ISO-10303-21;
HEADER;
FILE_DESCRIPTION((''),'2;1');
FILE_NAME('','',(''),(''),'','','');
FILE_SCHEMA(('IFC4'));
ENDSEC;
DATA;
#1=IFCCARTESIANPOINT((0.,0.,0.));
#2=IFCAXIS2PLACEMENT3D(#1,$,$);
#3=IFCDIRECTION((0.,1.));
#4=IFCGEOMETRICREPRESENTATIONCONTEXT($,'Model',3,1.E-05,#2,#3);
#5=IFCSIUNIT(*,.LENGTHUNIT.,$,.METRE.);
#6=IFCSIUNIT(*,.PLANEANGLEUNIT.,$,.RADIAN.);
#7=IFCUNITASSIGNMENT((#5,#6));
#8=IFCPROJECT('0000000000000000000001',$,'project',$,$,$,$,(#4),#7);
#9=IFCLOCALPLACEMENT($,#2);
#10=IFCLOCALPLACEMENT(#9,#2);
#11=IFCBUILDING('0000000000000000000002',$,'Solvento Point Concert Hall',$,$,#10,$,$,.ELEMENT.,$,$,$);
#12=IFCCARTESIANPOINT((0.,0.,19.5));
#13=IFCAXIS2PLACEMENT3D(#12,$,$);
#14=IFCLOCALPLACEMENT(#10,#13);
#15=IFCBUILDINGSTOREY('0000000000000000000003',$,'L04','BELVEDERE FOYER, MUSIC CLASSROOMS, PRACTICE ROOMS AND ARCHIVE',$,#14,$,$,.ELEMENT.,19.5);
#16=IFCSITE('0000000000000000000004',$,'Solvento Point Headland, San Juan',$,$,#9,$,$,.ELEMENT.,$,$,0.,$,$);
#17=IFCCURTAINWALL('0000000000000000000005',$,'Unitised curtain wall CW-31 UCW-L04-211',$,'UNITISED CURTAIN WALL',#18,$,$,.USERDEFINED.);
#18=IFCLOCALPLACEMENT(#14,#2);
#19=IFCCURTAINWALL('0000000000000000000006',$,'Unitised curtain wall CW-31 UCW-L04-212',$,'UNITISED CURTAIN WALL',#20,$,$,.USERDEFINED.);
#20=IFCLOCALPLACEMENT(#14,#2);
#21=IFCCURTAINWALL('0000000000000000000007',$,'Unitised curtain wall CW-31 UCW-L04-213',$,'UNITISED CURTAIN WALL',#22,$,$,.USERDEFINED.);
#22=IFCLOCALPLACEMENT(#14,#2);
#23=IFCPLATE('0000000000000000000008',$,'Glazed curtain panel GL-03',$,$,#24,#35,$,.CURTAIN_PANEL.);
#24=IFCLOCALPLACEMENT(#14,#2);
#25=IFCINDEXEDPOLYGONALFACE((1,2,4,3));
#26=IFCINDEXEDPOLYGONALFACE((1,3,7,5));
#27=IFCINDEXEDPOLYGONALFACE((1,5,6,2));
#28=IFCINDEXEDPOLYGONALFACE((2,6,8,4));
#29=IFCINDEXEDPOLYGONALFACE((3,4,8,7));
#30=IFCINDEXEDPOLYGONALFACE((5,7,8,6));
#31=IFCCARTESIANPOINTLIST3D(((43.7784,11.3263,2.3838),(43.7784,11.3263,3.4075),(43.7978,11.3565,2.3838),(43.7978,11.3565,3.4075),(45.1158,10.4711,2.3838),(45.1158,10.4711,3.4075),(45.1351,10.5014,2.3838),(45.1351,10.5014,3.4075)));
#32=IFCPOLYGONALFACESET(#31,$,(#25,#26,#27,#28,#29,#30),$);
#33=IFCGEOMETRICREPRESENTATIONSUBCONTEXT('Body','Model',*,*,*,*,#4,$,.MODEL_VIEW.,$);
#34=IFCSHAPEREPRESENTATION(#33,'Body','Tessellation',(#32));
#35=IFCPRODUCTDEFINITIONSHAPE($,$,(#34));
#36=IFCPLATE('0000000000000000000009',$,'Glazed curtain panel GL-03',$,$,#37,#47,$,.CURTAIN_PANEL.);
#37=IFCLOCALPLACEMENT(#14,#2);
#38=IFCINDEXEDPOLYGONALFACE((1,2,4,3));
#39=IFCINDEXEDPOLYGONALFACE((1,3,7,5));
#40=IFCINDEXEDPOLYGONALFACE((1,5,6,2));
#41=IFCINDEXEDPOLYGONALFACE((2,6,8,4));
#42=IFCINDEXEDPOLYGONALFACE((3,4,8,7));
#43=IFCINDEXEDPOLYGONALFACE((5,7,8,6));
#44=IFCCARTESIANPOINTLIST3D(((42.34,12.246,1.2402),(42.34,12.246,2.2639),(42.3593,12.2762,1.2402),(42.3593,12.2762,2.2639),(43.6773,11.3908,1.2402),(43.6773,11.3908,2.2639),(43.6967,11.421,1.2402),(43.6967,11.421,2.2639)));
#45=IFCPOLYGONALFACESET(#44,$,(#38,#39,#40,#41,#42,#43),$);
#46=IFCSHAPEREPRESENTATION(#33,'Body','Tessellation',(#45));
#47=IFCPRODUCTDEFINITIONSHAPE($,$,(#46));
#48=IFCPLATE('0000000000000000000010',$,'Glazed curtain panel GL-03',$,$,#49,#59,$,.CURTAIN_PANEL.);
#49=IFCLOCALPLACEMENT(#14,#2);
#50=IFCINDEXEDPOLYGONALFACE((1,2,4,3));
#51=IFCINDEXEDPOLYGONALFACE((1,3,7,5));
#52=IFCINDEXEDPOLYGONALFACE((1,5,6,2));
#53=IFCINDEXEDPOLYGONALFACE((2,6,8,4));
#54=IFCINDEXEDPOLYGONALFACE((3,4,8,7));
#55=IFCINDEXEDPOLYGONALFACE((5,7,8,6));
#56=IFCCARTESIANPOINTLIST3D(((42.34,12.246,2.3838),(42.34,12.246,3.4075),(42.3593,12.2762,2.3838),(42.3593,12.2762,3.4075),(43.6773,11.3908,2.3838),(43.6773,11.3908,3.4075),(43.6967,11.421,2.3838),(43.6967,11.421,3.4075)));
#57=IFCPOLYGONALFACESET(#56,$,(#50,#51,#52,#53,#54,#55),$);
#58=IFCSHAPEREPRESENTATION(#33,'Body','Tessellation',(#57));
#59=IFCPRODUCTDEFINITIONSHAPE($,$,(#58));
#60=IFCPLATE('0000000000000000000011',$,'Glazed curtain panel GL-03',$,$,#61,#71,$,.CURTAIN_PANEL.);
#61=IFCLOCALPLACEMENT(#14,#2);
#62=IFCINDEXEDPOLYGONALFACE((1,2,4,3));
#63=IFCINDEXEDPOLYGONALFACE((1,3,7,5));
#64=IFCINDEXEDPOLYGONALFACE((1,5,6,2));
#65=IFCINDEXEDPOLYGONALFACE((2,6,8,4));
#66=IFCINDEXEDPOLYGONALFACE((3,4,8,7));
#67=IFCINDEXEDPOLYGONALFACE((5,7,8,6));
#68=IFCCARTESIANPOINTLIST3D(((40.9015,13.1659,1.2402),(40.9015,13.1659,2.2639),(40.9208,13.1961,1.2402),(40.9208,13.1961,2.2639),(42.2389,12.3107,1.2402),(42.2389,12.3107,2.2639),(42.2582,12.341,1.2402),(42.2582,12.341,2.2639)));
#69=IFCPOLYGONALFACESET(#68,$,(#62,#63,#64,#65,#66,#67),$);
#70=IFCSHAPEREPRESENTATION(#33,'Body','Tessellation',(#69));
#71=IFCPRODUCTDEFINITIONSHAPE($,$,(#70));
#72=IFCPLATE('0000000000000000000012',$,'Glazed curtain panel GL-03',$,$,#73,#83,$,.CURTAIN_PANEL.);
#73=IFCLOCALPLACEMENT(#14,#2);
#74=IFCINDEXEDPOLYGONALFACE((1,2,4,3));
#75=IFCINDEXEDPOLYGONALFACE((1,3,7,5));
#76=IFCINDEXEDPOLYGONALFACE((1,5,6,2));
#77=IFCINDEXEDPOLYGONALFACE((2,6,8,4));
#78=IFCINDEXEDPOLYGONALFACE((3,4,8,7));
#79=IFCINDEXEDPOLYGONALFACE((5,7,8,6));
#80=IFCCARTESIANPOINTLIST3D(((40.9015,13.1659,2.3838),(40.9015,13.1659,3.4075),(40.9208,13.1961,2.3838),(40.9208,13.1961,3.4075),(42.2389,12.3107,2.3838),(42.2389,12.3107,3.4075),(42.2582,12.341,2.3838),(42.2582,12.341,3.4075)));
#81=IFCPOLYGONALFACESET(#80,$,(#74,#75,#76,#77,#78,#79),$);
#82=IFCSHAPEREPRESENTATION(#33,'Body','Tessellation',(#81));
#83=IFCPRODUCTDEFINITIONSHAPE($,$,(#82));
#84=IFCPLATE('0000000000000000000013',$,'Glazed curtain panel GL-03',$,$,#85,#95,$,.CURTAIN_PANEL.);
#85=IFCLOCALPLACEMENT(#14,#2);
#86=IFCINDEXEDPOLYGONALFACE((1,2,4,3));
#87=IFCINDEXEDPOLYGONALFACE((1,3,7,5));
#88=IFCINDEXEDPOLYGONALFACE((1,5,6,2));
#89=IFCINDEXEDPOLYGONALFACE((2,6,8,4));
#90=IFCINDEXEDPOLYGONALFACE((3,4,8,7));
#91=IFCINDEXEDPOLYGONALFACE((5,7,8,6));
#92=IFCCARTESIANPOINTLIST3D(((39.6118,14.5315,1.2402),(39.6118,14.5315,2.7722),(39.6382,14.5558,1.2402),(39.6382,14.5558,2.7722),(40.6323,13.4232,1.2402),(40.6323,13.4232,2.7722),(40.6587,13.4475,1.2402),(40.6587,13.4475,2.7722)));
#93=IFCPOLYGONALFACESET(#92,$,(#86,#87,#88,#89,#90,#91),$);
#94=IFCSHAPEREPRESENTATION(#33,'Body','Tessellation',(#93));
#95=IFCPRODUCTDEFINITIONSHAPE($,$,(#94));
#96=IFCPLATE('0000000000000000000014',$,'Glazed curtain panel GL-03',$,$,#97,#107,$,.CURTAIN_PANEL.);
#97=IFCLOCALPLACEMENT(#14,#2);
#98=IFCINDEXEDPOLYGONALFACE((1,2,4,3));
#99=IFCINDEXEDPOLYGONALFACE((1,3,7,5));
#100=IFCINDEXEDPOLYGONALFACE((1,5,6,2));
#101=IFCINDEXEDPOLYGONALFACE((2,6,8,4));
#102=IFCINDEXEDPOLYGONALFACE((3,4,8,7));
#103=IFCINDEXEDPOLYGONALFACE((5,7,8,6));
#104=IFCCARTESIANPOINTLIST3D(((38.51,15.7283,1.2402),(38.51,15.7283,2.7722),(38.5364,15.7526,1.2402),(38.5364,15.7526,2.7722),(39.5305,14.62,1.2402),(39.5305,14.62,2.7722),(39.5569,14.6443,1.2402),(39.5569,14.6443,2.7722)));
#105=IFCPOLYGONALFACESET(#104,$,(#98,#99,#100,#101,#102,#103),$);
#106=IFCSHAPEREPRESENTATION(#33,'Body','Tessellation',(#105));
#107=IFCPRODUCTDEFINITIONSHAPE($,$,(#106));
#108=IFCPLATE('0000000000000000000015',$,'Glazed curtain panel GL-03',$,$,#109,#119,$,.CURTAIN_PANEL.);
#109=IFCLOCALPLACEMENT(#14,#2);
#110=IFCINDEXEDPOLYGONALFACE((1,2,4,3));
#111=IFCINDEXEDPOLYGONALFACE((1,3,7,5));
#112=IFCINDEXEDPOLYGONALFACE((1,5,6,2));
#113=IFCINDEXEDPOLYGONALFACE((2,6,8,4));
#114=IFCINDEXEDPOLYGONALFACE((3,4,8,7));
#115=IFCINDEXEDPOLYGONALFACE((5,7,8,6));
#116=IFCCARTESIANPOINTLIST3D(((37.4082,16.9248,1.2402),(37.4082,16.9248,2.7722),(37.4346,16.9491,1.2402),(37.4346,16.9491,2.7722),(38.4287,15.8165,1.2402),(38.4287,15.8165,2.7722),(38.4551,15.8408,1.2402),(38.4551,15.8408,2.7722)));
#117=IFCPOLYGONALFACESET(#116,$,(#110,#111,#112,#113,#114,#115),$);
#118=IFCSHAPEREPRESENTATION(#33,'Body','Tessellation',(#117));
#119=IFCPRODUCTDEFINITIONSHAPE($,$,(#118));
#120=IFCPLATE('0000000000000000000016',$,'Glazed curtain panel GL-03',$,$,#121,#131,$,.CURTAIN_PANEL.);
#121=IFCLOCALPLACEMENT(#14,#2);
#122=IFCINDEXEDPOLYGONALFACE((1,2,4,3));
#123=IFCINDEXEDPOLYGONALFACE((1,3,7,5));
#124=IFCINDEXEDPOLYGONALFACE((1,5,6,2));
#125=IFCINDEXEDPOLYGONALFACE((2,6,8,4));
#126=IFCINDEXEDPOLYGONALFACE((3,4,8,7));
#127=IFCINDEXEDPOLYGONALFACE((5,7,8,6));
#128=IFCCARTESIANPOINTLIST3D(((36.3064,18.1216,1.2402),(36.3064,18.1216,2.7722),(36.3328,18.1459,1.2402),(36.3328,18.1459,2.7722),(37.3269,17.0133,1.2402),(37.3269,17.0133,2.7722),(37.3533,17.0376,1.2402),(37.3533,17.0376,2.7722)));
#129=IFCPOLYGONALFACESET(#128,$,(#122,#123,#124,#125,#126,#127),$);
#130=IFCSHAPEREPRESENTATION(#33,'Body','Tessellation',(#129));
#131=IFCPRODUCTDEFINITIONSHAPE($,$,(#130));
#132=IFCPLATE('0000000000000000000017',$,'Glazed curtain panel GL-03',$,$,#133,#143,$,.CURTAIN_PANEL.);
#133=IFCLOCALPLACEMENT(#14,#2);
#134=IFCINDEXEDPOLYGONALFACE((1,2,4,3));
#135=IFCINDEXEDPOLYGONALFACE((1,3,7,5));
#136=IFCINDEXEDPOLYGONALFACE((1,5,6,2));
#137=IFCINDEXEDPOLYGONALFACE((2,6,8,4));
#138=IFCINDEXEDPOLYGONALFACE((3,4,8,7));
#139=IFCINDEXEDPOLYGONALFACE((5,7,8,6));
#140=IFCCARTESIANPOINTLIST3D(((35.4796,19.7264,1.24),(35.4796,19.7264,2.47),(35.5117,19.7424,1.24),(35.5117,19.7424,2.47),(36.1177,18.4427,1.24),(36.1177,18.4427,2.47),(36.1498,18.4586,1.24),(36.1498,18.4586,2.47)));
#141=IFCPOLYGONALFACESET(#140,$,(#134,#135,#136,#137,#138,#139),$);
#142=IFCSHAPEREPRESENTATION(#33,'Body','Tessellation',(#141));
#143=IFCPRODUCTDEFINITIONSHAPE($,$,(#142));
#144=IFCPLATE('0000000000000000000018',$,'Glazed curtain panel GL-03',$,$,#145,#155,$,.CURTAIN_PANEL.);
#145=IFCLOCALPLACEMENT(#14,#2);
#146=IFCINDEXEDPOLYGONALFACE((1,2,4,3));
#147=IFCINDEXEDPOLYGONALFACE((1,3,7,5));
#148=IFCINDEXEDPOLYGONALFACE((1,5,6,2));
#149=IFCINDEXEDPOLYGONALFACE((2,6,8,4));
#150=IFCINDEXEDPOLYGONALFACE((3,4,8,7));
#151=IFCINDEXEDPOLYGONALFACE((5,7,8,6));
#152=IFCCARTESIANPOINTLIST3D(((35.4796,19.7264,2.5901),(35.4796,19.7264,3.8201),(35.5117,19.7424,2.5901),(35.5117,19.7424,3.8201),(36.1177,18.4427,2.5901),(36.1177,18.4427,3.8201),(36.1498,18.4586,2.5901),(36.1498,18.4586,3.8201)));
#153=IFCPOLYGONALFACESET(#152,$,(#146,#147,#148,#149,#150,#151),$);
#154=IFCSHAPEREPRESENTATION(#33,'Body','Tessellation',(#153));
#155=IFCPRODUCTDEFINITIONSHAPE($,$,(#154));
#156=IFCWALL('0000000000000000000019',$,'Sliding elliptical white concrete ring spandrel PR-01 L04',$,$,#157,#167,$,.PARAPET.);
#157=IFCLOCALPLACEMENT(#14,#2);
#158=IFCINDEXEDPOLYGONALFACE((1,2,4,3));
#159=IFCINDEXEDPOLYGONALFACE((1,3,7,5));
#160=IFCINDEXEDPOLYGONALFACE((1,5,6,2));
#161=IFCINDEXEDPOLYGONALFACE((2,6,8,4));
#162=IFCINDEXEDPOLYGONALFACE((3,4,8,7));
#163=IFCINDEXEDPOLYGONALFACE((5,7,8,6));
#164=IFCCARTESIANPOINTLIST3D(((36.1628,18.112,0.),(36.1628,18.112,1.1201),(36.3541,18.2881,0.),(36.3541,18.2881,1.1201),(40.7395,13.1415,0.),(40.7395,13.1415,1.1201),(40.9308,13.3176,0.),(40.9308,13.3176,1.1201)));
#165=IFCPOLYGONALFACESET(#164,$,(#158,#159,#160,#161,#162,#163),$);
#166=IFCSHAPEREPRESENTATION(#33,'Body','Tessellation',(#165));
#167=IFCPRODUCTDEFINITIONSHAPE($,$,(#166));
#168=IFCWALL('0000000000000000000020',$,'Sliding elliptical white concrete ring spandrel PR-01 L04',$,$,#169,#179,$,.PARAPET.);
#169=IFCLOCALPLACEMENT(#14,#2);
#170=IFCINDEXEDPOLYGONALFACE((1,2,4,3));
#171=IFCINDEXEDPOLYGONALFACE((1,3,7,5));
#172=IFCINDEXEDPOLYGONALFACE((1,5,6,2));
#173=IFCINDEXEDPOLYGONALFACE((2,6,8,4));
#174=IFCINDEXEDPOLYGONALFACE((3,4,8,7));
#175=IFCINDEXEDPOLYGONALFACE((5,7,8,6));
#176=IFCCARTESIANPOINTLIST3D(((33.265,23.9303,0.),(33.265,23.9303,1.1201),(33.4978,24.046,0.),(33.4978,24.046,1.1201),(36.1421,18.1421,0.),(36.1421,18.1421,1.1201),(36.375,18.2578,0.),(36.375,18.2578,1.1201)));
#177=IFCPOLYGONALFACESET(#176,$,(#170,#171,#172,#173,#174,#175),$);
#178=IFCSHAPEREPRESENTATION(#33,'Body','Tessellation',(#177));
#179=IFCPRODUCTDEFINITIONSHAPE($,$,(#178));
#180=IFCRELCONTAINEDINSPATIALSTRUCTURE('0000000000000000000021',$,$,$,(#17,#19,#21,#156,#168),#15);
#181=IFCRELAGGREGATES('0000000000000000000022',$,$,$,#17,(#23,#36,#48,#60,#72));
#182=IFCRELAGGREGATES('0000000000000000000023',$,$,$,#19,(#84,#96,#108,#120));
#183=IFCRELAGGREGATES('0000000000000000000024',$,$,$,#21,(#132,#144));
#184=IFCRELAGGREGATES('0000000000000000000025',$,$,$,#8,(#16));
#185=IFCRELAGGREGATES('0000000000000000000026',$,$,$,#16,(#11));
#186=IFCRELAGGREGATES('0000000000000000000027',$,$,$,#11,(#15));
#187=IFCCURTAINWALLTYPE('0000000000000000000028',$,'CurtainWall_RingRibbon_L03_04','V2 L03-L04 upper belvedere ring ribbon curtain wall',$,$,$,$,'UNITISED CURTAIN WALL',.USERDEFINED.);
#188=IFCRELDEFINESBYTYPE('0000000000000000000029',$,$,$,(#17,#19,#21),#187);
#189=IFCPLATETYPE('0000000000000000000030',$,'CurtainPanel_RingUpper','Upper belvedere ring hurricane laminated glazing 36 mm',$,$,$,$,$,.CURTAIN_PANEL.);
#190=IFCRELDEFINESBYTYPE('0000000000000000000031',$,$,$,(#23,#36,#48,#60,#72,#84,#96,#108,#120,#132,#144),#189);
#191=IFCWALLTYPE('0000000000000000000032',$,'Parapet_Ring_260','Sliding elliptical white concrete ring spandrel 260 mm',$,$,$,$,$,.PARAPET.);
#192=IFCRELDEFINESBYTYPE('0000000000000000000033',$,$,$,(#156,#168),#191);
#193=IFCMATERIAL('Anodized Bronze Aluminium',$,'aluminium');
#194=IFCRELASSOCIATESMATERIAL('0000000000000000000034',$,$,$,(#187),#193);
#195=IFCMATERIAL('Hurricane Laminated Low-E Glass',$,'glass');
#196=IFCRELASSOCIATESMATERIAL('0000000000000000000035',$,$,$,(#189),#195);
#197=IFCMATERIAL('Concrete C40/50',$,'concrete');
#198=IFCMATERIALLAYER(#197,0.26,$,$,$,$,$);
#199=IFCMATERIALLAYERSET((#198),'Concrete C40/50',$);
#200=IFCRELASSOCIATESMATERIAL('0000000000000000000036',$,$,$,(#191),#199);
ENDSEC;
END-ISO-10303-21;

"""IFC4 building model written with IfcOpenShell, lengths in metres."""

from ifc_helpers import new_model, si_unit, direction, frame, frame_2d, origin, origin_2d, place, context, subcontext, project, spatial, rectangle, extrude, material, layer, layer_set, type_object, element, aggregate, save


model = new_model("IFC4")

# Units and contexts
model_context = context("Model", 3, precision=1e-05, world=origin(), true_north=direction((0.0, 1.0)))
body_context = subcontext(model_context, "Body", "Model", "MODEL_VIEW")
ifc_project = project(units=[si_unit("LENGTHUNIT", "METRE"), si_unit("PLANEANGLEUNIT", "RADIAN")], contexts=[model_context])

# Site, building, storey
site_placement = place(None, origin())
site = spatial("IfcSite", under=ifc_project, at=site_placement, Name="Solvento Point Headland, San Juan", CompositionType="ELEMENT", RefElevation=0.0)
building_placement = place(site_placement, origin())
building = spatial("IfcBuilding", under=site, at=building_placement, Name="Solvento Point Concert Hall", CompositionType="ELEMENT")
storey_placement = place(building_placement, frame((0.0, 0.0, 19.5)))
storey = spatial("IfcBuildingStorey", under=building, at=storey_placement, Name="L04", Description="BELVEDERE FOYER, MUSIC CLASSROOMS, PRACTICE ROOMS AND ARCHIVE", CompositionType="ELEMENT", Elevation=19.5)

# Curtain walls
ifc_material_1 = material(Name="Anodized Bronze Aluminium", Category="aluminium")
curtain_wall_type = type_object("IfcCurtainWallType", Name="CurtainWall_RingRibbon_L03_04", Description="V2 L03-L04 upper belvedere ring ribbon curtain wall", ElementType="UNITISED CURTAIN WALL", PredefinedType="USERDEFINED", material=ifc_material_1)
curtain_wall_1_placement = place(storey_placement, origin())
curtain_wall_1 = element("IfcCurtainWall", 1, at=curtain_wall_1_placement, inside=storey, type_object=curtain_wall_type, Name="Unitised curtain wall CW-31 UCW-L04-211", ObjectType="UNITISED CURTAIN WALL", PredefinedType="USERDEFINED")
curtain_wall_2_placement = place(storey_placement, origin())
curtain_wall_2 = element("IfcCurtainWall", 2, at=curtain_wall_2_placement, inside=storey, type_object=curtain_wall_type, Name="Unitised curtain wall CW-31 UCW-L04-212", ObjectType="UNITISED CURTAIN WALL", PredefinedType="USERDEFINED")
curtain_wall_3_placement = place(storey_placement, origin())
curtain_wall_3 = element("IfcCurtainWall", 3, at=curtain_wall_3_placement, inside=storey, type_object=curtain_wall_type, Name="Unitised curtain wall CW-31 UCW-L04-213", ObjectType="UNITISED CURTAIN WALL", PredefinedType="USERDEFINED")

# Plates
ifc_material_2 = material(Name="Hurricane Laminated Low-E Glass", Category="glass")
plate_type = type_object("IfcPlateType", Name="CurtainPanel_RingUpper", Description="Upper belvedere ring hurricane laminated glazing 36 mm", PredefinedType="CURTAIN_PANEL", material=ifc_material_2)
plate_1_placement = place(storey_placement, frame((44.4568, 10.9138, 2.3838), z_axis=(0.0, 0.0, 1.0), x_axis=(-0.84249, 0.538712, 0.0)))
plate_1 = element("IfcPlate", 4, at=plate_1_placement, type_object=plate_type, Name="Glazed curtain panel GL-03", PredefinedType="CURTAIN_PANEL", context=body_context, shape_type="SweptSolid", body=[
    extrude(rectangle(XDim=1.5874, YDim=0.0359, at=origin_2d()), origin(), (0.0, 0.0, 1.0), 1.0237),
])
plate_2_placement = place(storey_placement, frame((43.0183, 11.8335, 1.2402), z_axis=(0.0, 0.0, 1.0), x_axis=(-0.84249, 0.538712, 0.0)))
plate_2 = element("IfcPlate", 5, at=plate_2_placement, type_object=plate_type, Name="Glazed curtain panel GL-03", PredefinedType="CURTAIN_PANEL", context=body_context, shape_type="SweptSolid", body=[
    extrude(rectangle(XDim=1.5874, YDim=0.0359, at=origin_2d()), origin(), (0.0, 0.0, 1.0), 1.0237),
])
plate_3_placement = place(storey_placement, frame((43.0183, 11.8335, 2.3838), z_axis=(0.0, 0.0, 1.0), x_axis=(-0.84249, 0.538712, 0.0)))
plate_3 = element("IfcPlate", 6, at=plate_3_placement, type_object=plate_type, Name="Glazed curtain panel GL-03", PredefinedType="CURTAIN_PANEL", context=body_context, shape_type="SweptSolid", body=[
    extrude(rectangle(XDim=1.5874, YDim=0.0359, at=origin_2d()), origin(), (0.0, 0.0, 1.0), 1.0237),
])
plate_4_placement = place(storey_placement, frame((41.5798, 12.7534, 1.2402), z_axis=(0.0, 0.0, 1.0), x_axis=(-0.84249, 0.538712, 0.0)))
plate_4 = element("IfcPlate", 7, at=plate_4_placement, type_object=plate_type, Name="Glazed curtain panel GL-03", PredefinedType="CURTAIN_PANEL", context=body_context, shape_type="SweptSolid", body=[
    extrude(rectangle(XDim=1.5874, YDim=0.0359, at=origin_2d()), origin(), (0.0, 0.0, 1.0), 1.0237),
])
plate_5_placement = place(storey_placement, frame((41.5798, 12.7534, 2.3838), z_axis=(0.0, 0.0, 1.0), x_axis=(-0.84249, 0.538712, 0.0)))
plate_5 = element("IfcPlate", 8, at=plate_5_placement, type_object=plate_type, Name="Glazed curtain panel GL-03", PredefinedType="CURTAIN_PANEL", context=body_context, shape_type="SweptSolid", body=[
    extrude(rectangle(XDim=1.5874, YDim=0.0359, at=origin_2d()), origin(), (0.0, 0.0, 1.0), 1.0237),
])
aggregate(curtain_wall_1, [plate_1, plate_2, plate_3, plate_4, plate_5])
plate_6_placement = place(storey_placement, frame((40.1353, 13.9895, 1.2402), z_axis=(0.0, 0.0, 1.0), x_axis=(-0.677365, 0.735647, 0.0)))
plate_6 = element("IfcPlate", 9, at=plate_6_placement, type_object=plate_type, Name="Glazed curtain panel GL-03", PredefinedType="CURTAIN_PANEL", context=body_context, shape_type="SweptSolid", body=[
    extrude(rectangle(XDim=1.5066, YDim=0.0359, at=origin_2d()), origin(), (0.0, 0.0, 1.0), 1.532),
])
plate_7_placement = place(storey_placement, frame((39.0334, 15.1863, 1.2402), z_axis=(0.0, 0.0, 1.0), x_axis=(-0.677365, 0.735647, 0.0)))
plate_7 = element("IfcPlate", 10, at=plate_7_placement, type_object=plate_type, Name="Glazed curtain panel GL-03", PredefinedType="CURTAIN_PANEL", context=body_context, shape_type="SweptSolid", body=[
    extrude(rectangle(XDim=1.5066, YDim=0.0359, at=origin_2d()), origin(), (0.0, 0.0, 1.0), 1.532),
])
plate_8_placement = place(storey_placement, frame((37.9316, 16.3828, 1.2402), z_axis=(0.0, 0.0, 1.0), x_axis=(-0.677365, 0.735647, 0.0)))
plate_8 = element("IfcPlate", 11, at=plate_8_placement, type_object=plate_type, Name="Glazed curtain panel GL-03", PredefinedType="CURTAIN_PANEL", context=body_context, shape_type="SweptSolid", body=[
    extrude(rectangle(XDim=1.5066, YDim=0.0359, at=origin_2d()), origin(), (0.0, 0.0, 1.0), 1.532),
])
plate_9_placement = place(storey_placement, frame((36.8298, 17.5796, 1.2402), z_axis=(0.0, 0.0, 1.0), x_axis=(-0.677365, 0.735647, 0.0)))
plate_9 = element("IfcPlate", 12, at=plate_9_placement, type_object=plate_type, Name="Glazed curtain panel GL-03", PredefinedType="CURTAIN_PANEL", context=body_context, shape_type="SweptSolid", body=[
    extrude(rectangle(XDim=1.5066, YDim=0.0359, at=origin_2d()), origin(), (0.0, 0.0, 1.0), 1.532),
])
aggregate(curtain_wall_2, [plate_6, plate_7, plate_8, plate_9])
plate_10_placement = place(storey_placement, frame((35.8147, 19.0925, 1.24), z_axis=(0.0, 0.0, 1.0), x_axis=(-0.445115, 0.895473, 0.0)))
plate_10 = element("IfcPlate", 13, at=plate_10_placement, type_object=plate_type, Name="Glazed curtain panel GL-03", PredefinedType="CURTAIN_PANEL", context=body_context, shape_type="SweptSolid", body=[
    extrude(rectangle(XDim=1.4336, YDim=0.0359, at=origin_2d()), origin(), (0.0, 0.0, 1.0), 1.23),
])
plate_11_placement = place(storey_placement, frame((35.8147, 19.0925, 2.5901), z_axis=(0.0, 0.0, 1.0), x_axis=(-0.445115, 0.895473, 0.0)))
plate_11 = element("IfcPlate", 14, at=plate_11_placement, type_object=plate_type, Name="Glazed curtain panel GL-03", PredefinedType="CURTAIN_PANEL", context=body_context, shape_type="SweptSolid", body=[
    extrude(rectangle(XDim=1.4336, YDim=0.0359, at=origin_2d()), origin(), (0.0, 0.0, 1.0), 1.23),
])
aggregate(curtain_wall_3, [plate_10, plate_11])

# Walls
ifc_material_3 = material(Name="Concrete C40/50", Category="concrete")
ifc_layer = layer(ifc_material_3, 0.26)
ifc_layer_set = layer_set([ifc_layer], Name="Concrete C40/50")
wall_type = type_object("IfcWallType", Name="Parapet_Ring_260", Description="Sliding elliptical white concrete ring spandrel 260 mm", PredefinedType="PARAPET", material=ifc_layer_set)
wall_1_placement = place(storey_placement, frame((40.8352, 13.2295, 0.0), z_axis=(0.0, 0.0, 1.0), x_axis=(-0.677364, 0.735648, 0.0)))
element("IfcWall", 15, at=wall_1_placement, inside=storey, type_object=wall_type, Name="Sliding elliptical white concrete ring spandrel PR-01 L04", PredefinedType="PARAPET", context=body_context, shape_type="SweptSolid", body=[
    extrude(rectangle(XDim=6.7566, YDim=0.26, at=frame_2d((3.3784, 0.0))), origin(), (0.0, 0.0, 1.0), 1.1201),
])
wall_2_placement = place(storey_placement, frame((36.2585, 18.2, 0.0), z_axis=(0.0, 0.0, 1.0), x_axis=(-0.445112, 0.895475, 0.0)))
element("IfcWall", 16, at=wall_2_placement, inside=storey, type_object=wall_type, Name="Sliding elliptical white concrete ring spandrel PR-01 L04", PredefinedType="PARAPET", context=body_context, shape_type="SweptSolid", body=[
    extrude(rectangle(XDim=6.4639, YDim=0.26, at=frame_2d((3.2319, 0.0))), origin(), (0.0, 0.0, 1.0), 1.1201),
])

save(model, "model.ifc")
